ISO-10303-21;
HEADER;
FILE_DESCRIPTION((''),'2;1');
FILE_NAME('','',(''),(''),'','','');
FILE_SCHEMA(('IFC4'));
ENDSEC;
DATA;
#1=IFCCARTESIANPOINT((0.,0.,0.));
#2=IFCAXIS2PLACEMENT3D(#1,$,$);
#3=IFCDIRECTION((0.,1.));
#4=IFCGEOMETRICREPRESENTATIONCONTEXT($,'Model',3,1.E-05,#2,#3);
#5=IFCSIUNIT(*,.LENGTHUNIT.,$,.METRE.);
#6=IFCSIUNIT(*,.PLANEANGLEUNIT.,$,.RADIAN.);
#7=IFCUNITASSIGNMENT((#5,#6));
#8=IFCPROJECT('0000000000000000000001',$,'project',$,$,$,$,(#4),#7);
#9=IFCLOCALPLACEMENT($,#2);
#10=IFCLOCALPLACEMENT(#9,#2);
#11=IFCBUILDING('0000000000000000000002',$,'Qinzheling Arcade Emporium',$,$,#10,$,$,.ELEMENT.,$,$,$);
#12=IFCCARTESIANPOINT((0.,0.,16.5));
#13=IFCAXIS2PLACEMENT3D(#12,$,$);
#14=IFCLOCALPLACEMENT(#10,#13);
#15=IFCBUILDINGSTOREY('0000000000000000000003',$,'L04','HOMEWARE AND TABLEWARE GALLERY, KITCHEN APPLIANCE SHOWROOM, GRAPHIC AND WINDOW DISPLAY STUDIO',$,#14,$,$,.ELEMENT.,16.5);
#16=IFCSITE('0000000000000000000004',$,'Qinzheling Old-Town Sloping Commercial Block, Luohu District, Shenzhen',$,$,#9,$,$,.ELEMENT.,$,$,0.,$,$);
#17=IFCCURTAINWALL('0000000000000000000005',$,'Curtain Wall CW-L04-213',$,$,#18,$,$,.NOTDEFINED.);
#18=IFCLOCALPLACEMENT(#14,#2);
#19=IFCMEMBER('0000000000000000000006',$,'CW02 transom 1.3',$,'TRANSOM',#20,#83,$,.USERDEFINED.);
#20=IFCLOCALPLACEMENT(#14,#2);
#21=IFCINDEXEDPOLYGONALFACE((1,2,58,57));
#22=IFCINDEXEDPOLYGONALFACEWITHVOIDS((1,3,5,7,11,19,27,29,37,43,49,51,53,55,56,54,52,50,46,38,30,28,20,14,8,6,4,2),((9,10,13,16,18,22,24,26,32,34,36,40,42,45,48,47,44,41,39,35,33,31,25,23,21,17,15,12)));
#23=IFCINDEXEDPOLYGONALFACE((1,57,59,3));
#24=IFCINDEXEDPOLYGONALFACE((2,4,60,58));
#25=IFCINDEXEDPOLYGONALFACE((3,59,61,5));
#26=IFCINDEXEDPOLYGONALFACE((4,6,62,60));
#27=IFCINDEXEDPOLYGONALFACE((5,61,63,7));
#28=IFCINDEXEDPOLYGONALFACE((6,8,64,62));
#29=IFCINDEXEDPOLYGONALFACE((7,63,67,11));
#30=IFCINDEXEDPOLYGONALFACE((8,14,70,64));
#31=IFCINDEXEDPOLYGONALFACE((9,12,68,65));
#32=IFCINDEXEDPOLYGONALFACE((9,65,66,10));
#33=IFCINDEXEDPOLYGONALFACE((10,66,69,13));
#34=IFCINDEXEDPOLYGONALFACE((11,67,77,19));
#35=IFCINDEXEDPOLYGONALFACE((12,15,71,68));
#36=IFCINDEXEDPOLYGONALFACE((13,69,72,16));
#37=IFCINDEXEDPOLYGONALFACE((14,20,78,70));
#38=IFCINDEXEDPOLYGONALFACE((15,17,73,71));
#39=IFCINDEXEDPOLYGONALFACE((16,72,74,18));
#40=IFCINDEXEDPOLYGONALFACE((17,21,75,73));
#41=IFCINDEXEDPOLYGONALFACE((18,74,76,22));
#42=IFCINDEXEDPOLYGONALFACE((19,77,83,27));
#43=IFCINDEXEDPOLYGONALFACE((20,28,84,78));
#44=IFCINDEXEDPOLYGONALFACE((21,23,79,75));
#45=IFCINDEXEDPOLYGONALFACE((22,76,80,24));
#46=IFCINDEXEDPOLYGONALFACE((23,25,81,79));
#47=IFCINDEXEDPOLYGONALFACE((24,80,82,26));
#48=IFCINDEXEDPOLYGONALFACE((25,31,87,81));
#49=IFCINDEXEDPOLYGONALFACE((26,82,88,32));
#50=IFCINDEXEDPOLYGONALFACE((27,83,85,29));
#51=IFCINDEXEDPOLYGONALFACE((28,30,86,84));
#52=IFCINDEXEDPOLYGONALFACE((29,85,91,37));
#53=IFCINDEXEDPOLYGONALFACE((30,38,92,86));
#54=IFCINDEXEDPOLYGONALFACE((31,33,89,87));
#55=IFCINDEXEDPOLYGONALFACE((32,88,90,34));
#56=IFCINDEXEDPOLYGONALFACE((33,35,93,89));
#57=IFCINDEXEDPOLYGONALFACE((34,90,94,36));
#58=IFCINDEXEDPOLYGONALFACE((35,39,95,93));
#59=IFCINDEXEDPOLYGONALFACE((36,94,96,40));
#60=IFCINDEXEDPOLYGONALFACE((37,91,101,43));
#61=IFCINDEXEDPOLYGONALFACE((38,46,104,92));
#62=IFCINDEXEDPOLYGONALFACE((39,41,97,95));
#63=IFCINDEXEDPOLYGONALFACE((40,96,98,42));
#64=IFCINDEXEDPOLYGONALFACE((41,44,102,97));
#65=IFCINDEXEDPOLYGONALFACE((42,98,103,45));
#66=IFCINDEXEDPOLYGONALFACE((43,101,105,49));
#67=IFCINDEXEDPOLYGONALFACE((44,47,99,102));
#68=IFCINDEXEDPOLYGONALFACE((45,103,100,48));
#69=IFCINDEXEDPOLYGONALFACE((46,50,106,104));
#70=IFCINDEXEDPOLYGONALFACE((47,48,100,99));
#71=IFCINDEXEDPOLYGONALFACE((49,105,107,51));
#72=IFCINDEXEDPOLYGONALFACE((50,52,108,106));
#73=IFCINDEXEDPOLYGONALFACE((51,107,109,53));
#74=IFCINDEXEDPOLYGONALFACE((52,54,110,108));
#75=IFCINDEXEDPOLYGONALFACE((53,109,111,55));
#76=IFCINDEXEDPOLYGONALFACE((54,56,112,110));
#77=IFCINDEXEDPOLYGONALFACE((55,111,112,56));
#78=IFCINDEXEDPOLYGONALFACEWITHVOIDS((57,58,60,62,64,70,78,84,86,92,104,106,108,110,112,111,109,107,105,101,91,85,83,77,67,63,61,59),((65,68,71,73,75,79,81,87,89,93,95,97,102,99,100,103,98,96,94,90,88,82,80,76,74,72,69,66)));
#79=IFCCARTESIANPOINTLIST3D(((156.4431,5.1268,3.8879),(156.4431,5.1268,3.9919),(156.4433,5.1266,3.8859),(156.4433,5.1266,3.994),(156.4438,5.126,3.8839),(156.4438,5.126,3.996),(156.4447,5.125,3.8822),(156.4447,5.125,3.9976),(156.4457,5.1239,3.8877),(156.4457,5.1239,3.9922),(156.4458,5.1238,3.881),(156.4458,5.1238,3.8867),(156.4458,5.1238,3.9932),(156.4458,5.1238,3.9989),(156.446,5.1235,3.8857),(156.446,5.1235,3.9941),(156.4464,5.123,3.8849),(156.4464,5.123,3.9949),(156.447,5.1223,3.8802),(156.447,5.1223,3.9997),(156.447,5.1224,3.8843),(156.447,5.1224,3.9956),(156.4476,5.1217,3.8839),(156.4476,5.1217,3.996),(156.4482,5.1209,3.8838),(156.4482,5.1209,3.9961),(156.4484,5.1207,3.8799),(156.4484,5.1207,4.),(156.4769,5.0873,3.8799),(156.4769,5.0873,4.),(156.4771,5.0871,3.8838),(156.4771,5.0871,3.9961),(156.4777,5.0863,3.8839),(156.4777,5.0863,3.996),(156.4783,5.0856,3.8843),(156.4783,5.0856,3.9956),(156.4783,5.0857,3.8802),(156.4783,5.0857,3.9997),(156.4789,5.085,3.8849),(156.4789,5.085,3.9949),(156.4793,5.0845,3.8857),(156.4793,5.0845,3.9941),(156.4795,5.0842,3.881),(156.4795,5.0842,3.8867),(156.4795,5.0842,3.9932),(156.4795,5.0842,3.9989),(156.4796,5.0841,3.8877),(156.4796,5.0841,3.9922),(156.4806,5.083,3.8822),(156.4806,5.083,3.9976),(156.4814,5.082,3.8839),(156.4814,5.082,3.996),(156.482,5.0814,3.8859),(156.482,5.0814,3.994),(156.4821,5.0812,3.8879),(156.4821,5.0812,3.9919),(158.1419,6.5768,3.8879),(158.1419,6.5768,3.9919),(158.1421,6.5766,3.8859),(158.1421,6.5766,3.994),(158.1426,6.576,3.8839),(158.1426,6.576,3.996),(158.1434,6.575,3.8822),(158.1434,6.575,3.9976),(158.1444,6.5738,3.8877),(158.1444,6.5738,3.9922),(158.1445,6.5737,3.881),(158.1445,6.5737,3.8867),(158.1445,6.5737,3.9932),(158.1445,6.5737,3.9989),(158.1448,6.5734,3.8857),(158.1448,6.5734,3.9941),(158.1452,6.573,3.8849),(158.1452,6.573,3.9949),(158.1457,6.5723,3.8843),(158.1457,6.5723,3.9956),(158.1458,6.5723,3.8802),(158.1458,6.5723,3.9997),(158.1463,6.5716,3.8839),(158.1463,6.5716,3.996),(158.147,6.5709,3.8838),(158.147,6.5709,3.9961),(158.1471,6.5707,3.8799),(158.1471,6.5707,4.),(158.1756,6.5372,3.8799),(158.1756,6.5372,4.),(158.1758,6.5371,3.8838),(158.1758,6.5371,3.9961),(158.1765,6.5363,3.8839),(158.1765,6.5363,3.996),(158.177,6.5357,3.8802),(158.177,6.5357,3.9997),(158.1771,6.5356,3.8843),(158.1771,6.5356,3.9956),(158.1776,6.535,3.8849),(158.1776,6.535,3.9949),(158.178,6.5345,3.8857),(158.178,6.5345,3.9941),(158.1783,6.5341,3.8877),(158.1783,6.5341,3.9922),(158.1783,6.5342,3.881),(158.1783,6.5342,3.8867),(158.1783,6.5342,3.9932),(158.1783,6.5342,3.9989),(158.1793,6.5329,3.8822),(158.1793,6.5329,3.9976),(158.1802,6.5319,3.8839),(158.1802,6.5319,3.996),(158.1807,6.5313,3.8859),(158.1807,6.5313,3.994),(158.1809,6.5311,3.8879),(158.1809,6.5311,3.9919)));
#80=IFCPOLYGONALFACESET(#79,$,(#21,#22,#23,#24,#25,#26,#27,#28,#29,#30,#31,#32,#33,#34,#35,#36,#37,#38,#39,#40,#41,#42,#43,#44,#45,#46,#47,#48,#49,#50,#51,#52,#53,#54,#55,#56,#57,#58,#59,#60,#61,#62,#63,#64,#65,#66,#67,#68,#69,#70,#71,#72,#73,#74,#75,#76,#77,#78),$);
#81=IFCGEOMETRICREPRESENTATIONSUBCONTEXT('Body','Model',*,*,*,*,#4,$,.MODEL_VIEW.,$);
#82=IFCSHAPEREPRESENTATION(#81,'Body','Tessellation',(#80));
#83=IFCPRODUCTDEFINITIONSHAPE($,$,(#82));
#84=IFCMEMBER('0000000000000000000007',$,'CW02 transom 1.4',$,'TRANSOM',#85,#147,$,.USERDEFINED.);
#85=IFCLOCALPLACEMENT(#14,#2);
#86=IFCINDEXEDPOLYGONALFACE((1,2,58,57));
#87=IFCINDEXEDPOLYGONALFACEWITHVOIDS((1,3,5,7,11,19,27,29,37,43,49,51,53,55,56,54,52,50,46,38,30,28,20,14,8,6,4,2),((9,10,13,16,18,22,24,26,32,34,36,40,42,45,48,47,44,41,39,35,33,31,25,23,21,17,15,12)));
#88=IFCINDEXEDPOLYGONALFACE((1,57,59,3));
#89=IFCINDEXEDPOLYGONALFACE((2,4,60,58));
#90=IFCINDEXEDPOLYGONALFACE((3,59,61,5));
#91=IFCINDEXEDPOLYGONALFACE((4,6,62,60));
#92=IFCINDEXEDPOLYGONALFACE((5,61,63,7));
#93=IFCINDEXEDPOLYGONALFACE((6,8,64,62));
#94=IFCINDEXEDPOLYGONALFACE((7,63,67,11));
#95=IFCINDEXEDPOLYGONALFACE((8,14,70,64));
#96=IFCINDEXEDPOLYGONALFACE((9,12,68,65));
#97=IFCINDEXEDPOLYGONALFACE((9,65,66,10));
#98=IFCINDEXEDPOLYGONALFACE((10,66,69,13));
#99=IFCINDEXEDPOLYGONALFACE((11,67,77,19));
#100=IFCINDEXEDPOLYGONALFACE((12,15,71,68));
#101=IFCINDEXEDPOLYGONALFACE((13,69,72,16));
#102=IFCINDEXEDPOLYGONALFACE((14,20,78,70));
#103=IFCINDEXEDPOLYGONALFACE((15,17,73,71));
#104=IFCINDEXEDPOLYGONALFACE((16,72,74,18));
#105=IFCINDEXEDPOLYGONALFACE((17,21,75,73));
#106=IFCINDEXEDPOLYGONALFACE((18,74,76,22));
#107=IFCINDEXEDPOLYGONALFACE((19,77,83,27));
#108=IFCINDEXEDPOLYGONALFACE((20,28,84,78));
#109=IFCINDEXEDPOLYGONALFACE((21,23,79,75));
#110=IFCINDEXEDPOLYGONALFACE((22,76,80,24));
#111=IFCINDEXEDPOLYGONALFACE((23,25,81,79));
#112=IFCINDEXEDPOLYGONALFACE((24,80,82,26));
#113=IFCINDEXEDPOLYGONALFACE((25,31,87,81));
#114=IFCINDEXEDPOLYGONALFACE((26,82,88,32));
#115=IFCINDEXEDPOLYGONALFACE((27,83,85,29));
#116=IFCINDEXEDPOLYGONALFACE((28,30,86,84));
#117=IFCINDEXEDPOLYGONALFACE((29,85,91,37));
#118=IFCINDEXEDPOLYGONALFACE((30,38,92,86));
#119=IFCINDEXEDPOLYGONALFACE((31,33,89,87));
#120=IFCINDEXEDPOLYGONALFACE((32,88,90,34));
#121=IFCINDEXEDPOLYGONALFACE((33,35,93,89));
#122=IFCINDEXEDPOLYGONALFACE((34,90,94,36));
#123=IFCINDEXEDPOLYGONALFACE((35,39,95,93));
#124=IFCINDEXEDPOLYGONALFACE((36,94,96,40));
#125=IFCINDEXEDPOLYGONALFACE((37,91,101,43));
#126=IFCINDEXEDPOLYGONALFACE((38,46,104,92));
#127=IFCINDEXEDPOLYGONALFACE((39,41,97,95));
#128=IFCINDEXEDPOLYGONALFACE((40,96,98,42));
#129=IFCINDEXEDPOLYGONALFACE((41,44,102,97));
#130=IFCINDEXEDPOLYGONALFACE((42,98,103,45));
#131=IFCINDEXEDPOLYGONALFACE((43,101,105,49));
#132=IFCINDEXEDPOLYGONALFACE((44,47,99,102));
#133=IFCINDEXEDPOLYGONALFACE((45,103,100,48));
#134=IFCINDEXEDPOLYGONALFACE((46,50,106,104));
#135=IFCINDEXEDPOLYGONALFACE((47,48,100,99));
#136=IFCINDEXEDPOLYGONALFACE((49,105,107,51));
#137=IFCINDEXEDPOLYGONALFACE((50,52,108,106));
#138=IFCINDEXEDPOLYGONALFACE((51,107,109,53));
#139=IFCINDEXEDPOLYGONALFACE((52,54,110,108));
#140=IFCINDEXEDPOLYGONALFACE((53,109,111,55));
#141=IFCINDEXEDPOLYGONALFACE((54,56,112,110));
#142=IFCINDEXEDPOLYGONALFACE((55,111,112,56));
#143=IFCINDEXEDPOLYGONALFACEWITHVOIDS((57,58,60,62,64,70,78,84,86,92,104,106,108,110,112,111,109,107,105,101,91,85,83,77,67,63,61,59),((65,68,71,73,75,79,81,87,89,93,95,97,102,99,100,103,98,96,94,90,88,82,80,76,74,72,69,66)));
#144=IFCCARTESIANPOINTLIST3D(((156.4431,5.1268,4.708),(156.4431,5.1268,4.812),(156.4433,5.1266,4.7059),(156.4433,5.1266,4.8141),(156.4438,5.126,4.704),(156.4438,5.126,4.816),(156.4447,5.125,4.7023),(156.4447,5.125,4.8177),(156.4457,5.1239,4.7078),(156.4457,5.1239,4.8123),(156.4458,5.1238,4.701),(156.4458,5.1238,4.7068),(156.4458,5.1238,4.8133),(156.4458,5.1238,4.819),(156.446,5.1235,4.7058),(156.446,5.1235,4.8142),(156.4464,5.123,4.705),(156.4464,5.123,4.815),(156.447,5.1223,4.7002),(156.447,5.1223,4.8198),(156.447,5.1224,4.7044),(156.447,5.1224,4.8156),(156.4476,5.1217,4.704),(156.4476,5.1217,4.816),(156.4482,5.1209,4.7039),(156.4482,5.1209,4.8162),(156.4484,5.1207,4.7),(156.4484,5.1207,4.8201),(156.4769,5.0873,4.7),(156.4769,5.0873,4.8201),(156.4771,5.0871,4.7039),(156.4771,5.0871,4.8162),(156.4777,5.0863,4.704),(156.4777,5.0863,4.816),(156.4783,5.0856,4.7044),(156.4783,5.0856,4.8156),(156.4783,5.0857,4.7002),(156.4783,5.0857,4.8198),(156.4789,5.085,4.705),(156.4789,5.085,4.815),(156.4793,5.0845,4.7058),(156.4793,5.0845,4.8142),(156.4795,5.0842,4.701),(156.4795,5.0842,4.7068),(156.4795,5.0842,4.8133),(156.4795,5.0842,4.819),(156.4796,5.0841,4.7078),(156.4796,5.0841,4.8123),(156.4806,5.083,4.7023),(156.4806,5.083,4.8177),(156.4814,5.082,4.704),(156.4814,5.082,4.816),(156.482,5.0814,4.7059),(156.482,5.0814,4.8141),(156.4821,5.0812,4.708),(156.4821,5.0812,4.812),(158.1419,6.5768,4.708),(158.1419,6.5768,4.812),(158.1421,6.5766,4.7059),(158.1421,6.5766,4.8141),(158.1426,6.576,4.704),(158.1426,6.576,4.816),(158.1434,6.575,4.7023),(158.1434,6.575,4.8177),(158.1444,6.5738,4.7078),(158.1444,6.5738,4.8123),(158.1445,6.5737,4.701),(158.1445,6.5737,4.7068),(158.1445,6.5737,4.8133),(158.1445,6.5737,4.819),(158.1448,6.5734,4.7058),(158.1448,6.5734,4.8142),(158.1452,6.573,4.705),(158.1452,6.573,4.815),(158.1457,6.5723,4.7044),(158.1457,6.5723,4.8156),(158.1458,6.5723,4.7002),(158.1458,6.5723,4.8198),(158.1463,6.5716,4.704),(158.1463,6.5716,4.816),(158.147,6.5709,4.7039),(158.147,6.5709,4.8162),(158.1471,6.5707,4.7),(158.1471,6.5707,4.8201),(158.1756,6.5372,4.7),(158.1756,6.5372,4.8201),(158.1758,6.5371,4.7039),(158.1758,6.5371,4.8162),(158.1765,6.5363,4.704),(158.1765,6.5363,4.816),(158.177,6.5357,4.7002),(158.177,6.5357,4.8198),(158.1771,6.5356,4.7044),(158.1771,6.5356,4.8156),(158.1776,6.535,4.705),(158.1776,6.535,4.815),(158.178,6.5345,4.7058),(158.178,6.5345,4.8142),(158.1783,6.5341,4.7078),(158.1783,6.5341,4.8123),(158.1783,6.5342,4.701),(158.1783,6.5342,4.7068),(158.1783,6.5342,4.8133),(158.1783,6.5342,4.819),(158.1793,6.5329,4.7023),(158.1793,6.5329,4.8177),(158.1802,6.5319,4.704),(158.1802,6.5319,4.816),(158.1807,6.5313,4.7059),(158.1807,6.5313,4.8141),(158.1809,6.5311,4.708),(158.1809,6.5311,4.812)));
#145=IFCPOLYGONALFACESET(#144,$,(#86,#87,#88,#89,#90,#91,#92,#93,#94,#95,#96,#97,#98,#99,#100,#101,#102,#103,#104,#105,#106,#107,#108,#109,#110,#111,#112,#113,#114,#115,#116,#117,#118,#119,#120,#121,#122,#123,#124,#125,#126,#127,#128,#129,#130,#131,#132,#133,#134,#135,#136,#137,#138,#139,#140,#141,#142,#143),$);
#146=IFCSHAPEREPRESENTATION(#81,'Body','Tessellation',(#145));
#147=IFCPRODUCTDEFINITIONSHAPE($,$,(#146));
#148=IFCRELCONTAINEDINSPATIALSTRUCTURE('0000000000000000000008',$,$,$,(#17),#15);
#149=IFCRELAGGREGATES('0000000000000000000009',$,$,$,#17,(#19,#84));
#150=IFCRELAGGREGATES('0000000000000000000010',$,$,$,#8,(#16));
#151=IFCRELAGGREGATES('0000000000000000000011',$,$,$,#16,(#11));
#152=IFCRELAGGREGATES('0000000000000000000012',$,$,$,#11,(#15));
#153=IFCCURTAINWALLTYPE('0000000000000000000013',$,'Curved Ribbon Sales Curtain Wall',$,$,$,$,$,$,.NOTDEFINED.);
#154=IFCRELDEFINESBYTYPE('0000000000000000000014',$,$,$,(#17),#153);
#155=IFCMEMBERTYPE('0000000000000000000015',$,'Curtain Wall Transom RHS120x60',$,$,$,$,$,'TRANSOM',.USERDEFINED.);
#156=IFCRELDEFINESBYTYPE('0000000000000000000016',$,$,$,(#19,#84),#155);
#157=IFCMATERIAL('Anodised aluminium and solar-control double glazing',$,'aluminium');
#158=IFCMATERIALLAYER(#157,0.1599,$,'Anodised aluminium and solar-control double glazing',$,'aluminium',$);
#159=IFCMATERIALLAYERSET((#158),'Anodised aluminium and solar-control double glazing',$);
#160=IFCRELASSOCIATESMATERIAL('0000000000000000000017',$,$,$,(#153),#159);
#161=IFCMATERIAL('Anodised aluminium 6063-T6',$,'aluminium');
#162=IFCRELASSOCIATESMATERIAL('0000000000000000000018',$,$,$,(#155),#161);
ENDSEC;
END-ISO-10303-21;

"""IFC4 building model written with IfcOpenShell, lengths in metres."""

from ifc_helpers import new_model, si_unit, direction, frame, origin, origin_2d, place, context, subcontext, project, spatial, hollow_rectangle, extrude, material, layer, layer_set, material_profile, profile_set, type_object, element, aggregate, save


model = new_model("IFC4")

# Units and contexts
model_context = context("Model", 3, precision=1e-05, world=origin(), true_north=direction((0.0, 1.0)))
body_context = subcontext(model_context, "Body", "Model", "MODEL_VIEW")
ifc_project = project(units=[si_unit("LENGTHUNIT", "METRE"), si_unit("PLANEANGLEUNIT", "RADIAN")], contexts=[model_context])

# Site, building, storey
site_placement = place(None, origin())
site = spatial("IfcSite", under=ifc_project, at=site_placement, Name="Qinzheling Old-Town Sloping Commercial Block, Luohu District, Shenzhen", CompositionType="ELEMENT", RefElevation=0.0)
building_placement = place(site_placement, origin())
building = spatial("IfcBuilding", under=site, at=building_placement, Name="Qinzheling Arcade Emporium", CompositionType="ELEMENT")
storey_placement = place(building_placement, frame((0.0, 0.0, 16.5)))
storey = spatial("IfcBuildingStorey", under=building, at=storey_placement, Name="L04", Description="HOMEWARE AND TABLEWARE GALLERY, KITCHEN APPLIANCE SHOWROOM, GRAPHIC AND WINDOW DISPLAY STUDIO", CompositionType="ELEMENT", Elevation=16.5)

# Shared definitions
ifc_material_1 = material(Name="Anodised aluminium and solar-control double glazing", Category="aluminium")
ifc_layer_1 = layer(ifc_material_1, 0.1599, Name="Anodised aluminium and solar-control double glazing", Category="aluminium")
ifc_layer_set_1 = layer_set([ifc_layer_1], Name="Anodised aluminium and solar-control double glazing")
curtain_wall_type = type_object("IfcCurtainWallType", Name="Curved Ribbon Sales Curtain Wall", PredefinedType="NOTDEFINED", material=ifc_layer_set_1)
ifc_material_2 = material(Name="Anodised aluminium 6063-T6", Category="aluminium")

# Curtain wall
curtain_wall_1_placement = place(storey_placement, origin())
curtain_wall_1 = element("IfcCurtainWall", 1, at=curtain_wall_1_placement, inside=storey, type_object=curtain_wall_type, Name="Curtain Wall CW-L04-213", PredefinedType="NOTDEFINED")

# Members
ifc_material_profile_1 = material_profile(ifc_material_2, hollow_rectangle(XDim=0.0601, YDim=0.1201, WallThickness=0.0039, InnerFilletRadius=0.0039, OuterFilletRadius=0.0081, at=origin_2d()), Name="RHS 120x60x4", Category="aluminium")
ifc_profile_set_1 = profile_set([ifc_material_profile_1], Name="Anodised aluminium 6063-T6")
member_type_1 = type_object("IfcMemberType", Name="Curtain Wall Transom RHS120x60", ElementType="TRANSOM", PredefinedType="USERDEFINED", material=ifc_profile_set_1)
member_1_placement = place(storey_placement, frame((158.1614, 6.554, 3.9399), z_axis=(-0.760605, -0.649215, 0.0), x_axis=(0.649215, -0.760605, 0.0)))
member_1 = element("IfcMember", 2, at=member_1_placement, type_object=member_type_1, Name="CW02 transom 1.3", ObjectType="TRANSOM", PredefinedType="USERDEFINED", context=body_context, shape_type="SweptSolid", body=[
    extrude(hollow_rectangle(XDim=0.0601, YDim=0.1201, WallThickness=0.0039, InnerFilletRadius=0.0039, OuterFilletRadius=0.0081, at=origin_2d()), origin(), (0.0, 0.0, 1.0), 2.2334),
])
member_2_placement = place(storey_placement, frame((158.1614, 6.554, 4.76), z_axis=(-0.760605, -0.649215, 0.0), x_axis=(0.649215, -0.760605, 0.0)))
member_2 = element("IfcMember", 3, at=member_2_placement, type_object=member_type_1, Name="CW02 transom 1.4", ObjectType="TRANSOM", PredefinedType="USERDEFINED", context=body_context, shape_type="SweptSolid", body=[
    extrude(hollow_rectangle(XDim=0.0601, YDim=0.1201, WallThickness=0.0039, InnerFilletRadius=0.0039, OuterFilletRadius=0.0081, at=origin_2d()), origin(), (0.0, 0.0, 1.0), 2.2334),
])

aggregate(curtain_wall_1, [member_1, member_2])

save(model, "model.ifc")
